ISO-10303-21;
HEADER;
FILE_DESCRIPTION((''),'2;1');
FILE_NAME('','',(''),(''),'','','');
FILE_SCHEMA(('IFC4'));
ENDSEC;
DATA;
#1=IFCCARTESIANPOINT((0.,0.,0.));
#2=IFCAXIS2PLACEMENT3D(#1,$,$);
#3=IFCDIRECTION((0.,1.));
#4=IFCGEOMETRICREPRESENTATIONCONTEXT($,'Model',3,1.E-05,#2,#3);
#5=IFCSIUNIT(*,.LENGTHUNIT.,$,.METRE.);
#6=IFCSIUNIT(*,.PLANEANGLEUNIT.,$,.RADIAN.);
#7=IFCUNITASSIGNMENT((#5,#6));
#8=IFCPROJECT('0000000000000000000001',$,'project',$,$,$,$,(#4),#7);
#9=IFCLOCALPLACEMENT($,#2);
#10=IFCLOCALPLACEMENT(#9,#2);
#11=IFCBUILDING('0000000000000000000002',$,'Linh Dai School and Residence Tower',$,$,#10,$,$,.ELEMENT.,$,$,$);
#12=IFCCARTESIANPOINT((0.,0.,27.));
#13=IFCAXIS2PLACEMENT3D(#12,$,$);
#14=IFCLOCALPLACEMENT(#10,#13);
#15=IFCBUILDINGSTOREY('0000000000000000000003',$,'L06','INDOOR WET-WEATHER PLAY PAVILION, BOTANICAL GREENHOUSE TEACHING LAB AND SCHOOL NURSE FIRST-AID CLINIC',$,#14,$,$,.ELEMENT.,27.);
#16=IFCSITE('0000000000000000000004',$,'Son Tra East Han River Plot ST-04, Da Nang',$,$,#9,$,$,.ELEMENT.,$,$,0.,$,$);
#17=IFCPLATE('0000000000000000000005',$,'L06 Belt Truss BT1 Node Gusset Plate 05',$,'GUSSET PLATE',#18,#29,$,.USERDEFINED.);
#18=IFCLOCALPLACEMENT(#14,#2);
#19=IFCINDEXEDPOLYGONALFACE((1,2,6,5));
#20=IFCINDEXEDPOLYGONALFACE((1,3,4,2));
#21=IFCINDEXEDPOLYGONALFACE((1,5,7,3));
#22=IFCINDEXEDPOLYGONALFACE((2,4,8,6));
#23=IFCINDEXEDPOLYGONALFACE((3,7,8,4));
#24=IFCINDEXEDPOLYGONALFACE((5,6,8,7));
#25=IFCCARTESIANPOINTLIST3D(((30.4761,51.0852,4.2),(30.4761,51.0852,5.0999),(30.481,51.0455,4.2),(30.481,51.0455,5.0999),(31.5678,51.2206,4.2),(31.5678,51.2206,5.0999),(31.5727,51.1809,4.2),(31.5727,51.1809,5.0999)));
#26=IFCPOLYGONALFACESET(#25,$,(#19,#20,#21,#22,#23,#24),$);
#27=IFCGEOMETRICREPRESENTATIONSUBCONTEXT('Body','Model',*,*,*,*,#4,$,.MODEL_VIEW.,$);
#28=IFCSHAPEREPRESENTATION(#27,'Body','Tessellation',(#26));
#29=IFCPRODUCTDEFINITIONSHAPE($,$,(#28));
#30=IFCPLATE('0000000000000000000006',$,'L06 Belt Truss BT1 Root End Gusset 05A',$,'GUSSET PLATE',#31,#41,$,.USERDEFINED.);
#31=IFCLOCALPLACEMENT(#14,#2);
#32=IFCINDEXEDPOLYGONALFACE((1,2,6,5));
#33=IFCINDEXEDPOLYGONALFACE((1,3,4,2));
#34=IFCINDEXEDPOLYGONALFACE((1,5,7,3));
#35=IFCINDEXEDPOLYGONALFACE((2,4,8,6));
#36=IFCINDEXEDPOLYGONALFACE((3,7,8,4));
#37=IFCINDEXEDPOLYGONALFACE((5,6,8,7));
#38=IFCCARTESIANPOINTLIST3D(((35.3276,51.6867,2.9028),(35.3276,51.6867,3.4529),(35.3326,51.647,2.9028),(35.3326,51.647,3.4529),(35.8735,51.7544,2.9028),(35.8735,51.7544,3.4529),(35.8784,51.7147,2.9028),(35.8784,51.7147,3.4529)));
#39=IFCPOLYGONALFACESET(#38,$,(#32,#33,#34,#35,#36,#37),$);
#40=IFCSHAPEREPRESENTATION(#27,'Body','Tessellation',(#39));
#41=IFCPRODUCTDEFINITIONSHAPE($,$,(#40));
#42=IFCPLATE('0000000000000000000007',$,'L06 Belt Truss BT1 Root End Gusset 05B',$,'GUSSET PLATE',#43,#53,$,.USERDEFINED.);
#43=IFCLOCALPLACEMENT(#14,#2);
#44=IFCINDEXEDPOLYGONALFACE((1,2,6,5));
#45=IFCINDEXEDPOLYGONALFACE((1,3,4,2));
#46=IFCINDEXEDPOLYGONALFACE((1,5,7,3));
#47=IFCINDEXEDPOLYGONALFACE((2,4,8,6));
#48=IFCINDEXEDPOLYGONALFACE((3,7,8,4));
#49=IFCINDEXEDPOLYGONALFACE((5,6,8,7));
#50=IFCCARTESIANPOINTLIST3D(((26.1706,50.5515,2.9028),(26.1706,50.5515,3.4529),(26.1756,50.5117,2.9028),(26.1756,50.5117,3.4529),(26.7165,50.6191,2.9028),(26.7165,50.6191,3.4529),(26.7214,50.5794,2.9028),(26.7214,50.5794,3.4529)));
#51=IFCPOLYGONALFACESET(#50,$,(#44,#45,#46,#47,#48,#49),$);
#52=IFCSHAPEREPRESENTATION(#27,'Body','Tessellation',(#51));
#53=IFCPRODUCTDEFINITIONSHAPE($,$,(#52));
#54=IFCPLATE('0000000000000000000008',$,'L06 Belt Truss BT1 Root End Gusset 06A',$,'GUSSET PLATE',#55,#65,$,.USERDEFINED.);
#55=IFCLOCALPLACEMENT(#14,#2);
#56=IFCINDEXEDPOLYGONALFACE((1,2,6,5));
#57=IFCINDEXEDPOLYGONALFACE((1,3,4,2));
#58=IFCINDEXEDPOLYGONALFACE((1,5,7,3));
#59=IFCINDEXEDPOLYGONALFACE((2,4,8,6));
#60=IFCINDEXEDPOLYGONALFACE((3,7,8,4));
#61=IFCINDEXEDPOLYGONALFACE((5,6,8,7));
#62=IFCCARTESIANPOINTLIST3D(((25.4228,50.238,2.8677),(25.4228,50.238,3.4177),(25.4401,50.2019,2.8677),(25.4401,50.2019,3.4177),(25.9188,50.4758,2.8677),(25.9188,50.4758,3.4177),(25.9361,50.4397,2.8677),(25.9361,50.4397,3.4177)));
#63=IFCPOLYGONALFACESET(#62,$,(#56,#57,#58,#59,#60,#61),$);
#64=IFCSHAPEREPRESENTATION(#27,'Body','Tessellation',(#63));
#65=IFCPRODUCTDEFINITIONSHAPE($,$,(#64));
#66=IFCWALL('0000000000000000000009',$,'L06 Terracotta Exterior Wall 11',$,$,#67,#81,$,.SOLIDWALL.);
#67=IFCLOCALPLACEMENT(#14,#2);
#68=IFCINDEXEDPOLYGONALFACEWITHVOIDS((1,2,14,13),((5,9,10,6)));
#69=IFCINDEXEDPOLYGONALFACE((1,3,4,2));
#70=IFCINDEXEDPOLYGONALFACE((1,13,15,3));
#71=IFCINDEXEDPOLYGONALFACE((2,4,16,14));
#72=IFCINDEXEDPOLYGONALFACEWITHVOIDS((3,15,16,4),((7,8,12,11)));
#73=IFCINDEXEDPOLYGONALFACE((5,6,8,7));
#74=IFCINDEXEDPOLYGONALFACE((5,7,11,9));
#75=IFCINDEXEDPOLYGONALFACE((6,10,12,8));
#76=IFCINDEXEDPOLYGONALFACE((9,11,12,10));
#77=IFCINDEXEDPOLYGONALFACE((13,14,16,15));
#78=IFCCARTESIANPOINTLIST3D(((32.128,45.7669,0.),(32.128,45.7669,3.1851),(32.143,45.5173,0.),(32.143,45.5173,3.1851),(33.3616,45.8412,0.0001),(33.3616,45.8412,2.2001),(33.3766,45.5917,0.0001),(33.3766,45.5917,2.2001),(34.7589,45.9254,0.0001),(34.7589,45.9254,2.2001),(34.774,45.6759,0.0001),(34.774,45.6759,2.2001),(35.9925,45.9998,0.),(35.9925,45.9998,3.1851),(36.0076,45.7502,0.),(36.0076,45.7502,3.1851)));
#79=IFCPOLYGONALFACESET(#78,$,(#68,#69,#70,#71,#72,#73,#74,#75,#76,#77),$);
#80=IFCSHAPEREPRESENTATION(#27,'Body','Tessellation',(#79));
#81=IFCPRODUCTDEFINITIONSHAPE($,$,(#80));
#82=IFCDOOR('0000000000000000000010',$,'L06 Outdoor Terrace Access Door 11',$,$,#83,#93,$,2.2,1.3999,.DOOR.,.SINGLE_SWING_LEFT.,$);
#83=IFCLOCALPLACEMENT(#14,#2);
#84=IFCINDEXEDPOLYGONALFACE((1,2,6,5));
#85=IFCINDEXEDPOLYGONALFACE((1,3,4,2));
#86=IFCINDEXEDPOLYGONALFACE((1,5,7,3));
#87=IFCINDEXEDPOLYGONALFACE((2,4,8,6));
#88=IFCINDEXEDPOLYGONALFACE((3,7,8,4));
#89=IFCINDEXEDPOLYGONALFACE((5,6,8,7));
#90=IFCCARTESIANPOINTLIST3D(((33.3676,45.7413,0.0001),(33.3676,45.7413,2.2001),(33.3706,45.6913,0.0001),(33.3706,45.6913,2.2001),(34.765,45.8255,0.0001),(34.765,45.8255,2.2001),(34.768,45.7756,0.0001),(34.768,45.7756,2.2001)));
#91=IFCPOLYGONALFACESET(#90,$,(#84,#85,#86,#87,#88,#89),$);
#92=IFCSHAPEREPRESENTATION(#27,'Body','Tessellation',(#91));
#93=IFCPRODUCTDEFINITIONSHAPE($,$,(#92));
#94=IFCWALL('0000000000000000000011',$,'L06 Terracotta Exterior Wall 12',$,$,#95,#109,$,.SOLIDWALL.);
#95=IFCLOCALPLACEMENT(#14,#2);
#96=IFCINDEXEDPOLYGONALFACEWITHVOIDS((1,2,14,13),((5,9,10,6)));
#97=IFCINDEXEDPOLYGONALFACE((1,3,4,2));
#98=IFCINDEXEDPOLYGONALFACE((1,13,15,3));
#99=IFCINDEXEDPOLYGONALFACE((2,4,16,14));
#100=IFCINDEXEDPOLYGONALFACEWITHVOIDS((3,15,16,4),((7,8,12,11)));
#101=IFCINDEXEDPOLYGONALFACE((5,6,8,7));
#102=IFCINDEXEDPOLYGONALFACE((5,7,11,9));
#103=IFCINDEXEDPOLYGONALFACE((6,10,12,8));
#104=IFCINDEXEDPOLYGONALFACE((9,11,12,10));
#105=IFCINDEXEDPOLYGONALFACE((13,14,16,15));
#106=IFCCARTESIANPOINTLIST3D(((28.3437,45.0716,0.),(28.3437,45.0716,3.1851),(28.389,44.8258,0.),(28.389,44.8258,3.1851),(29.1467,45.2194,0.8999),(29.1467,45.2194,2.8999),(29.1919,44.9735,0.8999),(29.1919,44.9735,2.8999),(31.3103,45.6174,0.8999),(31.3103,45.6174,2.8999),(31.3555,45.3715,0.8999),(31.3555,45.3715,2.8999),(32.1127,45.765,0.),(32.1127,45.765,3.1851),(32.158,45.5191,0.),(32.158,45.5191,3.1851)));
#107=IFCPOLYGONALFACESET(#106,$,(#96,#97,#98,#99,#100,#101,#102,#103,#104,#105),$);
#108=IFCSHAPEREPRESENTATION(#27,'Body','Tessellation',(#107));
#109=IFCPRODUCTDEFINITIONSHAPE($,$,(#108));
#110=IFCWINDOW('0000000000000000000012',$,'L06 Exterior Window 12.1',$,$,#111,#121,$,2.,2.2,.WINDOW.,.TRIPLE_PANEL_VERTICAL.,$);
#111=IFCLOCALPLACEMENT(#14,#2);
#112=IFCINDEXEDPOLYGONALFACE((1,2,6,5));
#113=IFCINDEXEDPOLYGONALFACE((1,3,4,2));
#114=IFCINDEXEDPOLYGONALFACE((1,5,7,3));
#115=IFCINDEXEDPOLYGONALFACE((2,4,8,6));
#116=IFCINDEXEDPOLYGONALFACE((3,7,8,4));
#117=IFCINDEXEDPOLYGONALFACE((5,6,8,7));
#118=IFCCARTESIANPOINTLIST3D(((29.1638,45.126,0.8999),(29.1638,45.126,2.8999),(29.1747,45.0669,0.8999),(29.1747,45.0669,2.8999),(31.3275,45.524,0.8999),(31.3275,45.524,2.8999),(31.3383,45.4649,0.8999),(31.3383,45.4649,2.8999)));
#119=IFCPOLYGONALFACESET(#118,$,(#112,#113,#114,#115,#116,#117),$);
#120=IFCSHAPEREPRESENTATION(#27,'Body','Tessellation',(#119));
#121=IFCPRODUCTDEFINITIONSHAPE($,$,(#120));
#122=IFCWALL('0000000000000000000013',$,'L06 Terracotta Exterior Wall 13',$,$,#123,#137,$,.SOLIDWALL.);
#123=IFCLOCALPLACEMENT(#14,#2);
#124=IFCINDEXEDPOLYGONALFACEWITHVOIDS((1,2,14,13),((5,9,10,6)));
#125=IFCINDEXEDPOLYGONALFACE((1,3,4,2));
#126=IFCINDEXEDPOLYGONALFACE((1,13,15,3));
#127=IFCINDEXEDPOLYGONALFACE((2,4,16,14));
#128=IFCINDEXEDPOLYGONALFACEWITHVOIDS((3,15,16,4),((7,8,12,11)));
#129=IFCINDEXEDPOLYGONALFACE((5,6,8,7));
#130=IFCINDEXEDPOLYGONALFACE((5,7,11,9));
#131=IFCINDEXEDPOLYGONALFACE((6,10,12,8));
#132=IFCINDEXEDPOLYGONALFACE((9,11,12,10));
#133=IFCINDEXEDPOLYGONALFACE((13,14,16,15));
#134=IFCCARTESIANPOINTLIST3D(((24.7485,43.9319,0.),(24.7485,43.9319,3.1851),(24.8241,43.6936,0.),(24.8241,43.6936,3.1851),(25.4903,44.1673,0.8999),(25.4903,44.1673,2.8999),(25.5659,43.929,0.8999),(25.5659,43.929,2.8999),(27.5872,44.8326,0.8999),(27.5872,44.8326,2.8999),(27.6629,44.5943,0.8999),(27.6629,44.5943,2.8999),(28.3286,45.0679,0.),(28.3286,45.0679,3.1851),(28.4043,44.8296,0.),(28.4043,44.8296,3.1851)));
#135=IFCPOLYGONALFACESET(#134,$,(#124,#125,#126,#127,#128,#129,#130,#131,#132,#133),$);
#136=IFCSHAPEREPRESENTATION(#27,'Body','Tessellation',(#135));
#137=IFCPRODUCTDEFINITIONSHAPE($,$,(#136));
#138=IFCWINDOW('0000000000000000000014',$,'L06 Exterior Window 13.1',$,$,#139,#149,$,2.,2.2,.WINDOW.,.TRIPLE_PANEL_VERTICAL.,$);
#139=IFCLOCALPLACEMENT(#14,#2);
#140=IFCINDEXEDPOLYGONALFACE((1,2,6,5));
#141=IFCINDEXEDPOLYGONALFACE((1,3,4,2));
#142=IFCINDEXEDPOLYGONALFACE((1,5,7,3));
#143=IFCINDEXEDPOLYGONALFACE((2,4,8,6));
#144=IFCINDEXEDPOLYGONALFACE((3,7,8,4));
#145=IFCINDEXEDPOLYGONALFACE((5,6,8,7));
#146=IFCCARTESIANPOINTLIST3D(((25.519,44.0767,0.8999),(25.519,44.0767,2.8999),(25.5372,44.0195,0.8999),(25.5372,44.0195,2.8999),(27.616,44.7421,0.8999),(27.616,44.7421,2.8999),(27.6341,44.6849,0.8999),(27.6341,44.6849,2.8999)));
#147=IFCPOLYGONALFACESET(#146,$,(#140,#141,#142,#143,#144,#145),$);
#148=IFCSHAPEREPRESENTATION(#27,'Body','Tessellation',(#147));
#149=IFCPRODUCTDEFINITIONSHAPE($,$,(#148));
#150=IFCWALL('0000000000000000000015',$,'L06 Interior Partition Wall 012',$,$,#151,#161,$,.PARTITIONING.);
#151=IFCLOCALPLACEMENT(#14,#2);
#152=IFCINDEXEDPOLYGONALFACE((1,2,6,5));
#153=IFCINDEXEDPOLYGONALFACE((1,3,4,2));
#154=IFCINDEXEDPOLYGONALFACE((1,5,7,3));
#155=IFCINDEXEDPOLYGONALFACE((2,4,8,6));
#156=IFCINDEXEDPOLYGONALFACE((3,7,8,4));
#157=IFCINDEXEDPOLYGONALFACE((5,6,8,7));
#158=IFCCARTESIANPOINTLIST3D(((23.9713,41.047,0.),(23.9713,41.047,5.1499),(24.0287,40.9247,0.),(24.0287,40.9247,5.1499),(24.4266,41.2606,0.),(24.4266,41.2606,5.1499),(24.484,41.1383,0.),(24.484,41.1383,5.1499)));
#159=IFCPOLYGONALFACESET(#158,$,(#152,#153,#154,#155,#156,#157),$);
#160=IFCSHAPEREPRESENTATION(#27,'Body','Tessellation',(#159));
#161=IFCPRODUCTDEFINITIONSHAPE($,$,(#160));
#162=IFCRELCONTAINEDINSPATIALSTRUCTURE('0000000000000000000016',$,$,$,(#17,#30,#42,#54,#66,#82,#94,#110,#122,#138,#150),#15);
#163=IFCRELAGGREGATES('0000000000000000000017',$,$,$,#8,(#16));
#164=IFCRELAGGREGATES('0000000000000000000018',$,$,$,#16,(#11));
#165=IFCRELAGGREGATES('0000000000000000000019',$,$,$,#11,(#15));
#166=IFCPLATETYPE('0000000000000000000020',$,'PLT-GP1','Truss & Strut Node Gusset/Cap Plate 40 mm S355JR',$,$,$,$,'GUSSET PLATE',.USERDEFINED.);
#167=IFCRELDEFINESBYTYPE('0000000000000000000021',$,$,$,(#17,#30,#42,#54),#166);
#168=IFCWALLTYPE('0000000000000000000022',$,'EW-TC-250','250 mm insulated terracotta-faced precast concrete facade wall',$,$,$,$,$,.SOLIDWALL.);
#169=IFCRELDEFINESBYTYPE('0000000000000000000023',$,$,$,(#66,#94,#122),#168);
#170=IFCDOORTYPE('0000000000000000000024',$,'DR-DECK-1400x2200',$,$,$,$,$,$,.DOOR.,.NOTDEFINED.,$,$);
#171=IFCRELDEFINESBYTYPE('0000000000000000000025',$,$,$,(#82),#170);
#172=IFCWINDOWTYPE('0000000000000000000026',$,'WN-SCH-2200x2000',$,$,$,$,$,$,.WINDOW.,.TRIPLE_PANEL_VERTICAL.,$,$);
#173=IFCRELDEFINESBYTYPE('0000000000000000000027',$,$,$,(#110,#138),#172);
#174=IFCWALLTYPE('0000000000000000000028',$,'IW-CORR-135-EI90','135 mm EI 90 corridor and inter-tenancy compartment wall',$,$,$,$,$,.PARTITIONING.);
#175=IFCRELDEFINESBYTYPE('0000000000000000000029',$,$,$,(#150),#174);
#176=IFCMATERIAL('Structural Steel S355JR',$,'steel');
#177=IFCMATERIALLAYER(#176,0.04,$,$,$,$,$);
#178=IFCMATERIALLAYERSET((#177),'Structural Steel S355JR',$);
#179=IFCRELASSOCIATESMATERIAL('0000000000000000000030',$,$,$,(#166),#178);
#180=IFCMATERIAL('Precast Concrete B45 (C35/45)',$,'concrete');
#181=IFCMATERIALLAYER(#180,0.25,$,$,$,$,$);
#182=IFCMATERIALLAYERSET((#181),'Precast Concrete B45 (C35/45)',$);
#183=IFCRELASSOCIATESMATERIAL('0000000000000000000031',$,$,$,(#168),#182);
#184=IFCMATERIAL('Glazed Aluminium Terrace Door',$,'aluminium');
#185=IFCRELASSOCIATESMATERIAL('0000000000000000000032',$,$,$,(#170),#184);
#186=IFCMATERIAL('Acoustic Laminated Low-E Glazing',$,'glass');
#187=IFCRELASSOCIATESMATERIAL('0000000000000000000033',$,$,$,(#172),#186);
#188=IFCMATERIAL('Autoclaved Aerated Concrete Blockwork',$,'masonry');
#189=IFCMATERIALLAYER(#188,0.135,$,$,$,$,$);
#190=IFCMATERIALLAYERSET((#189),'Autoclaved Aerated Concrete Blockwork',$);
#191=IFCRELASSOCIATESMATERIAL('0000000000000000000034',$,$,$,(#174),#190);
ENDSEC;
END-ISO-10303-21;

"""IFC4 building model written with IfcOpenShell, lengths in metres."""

from ifc_helpers import new_model, si_unit, direction, frame, frame_2d, origin, origin_2d, place, context, subcontext, project, spatial, rectangle, extrude, source, transform, mapped, material, layer, layer_set, type_object, element, fill, save


model = new_model("IFC4")

# Units and contexts
model_context = context("Model", 3, precision=1e-05, world=origin(), true_north=direction((0.0, 1.0)))
body_context = subcontext(model_context, "Body", "Model", "MODEL_VIEW")
ifc_project = project(units=[si_unit("LENGTHUNIT", "METRE"), si_unit("PLANEANGLEUNIT", "RADIAN")], contexts=[model_context])

# Site, building, storey
site_placement = place(None, origin())
site = spatial("IfcSite", under=ifc_project, at=site_placement, Name="Son Tra East Han River Plot ST-04, Da Nang", CompositionType="ELEMENT", RefElevation=0.0)
building_placement = place(site_placement, origin())
building = spatial("IfcBuilding", under=site, at=building_placement, Name="Linh Dai School and Residence Tower", CompositionType="ELEMENT")
storey_placement = place(building_placement, frame((0.0, 0.0, 27.0)))
storey = spatial("IfcBuildingStorey", under=building, at=storey_placement, Name="L06", Description="INDOOR WET-WEATHER PLAY PAVILION, BOTANICAL GREENHOUSE TEACHING LAB AND SCHOOL NURSE FIRST-AID CLINIC", CompositionType="ELEMENT", Elevation=27.0)

# Shared definitions
ifc_material_1 = material(Name="Structural Steel S355JR", Category="steel")

# Plates
ifc_layer_1 = layer(ifc_material_1, 0.04)
ifc_layer_set_1 = layer_set([ifc_layer_1], Name="Structural Steel S355JR")
plate_type = type_object("IfcPlateType", Name="PLT-GP1", Description="Truss & Strut Node Gusset/Cap Plate 40 mm S355JR", ElementType="GUSSET PLATE", PredefinedType="USERDEFINED", material=ifc_layer_set_1)
shared_shape_1 = source(origin(), body_context, "Body", "SweptSolid", [
    extrude(rectangle(XDim=1.1001, YDim=0.04, at=origin_2d()), origin(), (0.0, 0.0, 1.0), 0.8999),
])
plate_placement = place(storey_placement, frame((31.0244, 51.1331, 4.2), z_axis=(0.0, 0.0, 1.0), x_axis=(-0.9924, -0.123056, 0.0)))
element("IfcPlate", 1, at=plate_placement, inside=storey, type_object=plate_type, Name="L06 Belt Truss BT1 Node Gusset Plate 05", ObjectType="GUSSET PLATE", PredefinedType="USERDEFINED", context=body_context, shape_type="MappedRepresentation", body=[
    mapped(shared_shape_1, transform((0.0, 0.0, 0.0), x_axis=(1.0, 0.0, 0.0), y_axis=(0.0, 1.0, 0.0), z_axis=(0.0, 0.0, 1.0), scale=1.0)),
])
shared_shape_2 = source(origin(), body_context, "Body", "SweptSolid", [
    extrude(rectangle(XDim=0.55, YDim=0.04, at=origin_2d()), origin(), (0.0, 0.0, 1.0), 0.55),
])
for number, where, z_axis, x_axis, name in (
    (2, (35.603, 51.7007, 2.9028), (0.0, 0.0, 1.0), (-0.9924, -0.123056, 0.0), "L06 Belt Truss BT1 Root End Gusset 05A"),
    (3, (26.446, 50.5654, 2.9028), (0.0, 0.0, 1.0), (-0.9924, -0.123056, 0.0), "L06 Belt Truss BT1 Root End Gusset 05B"),
    (4, (25.6794, 50.3389, 2.8677), (0.0, 0.0, 1.0), (-0.901704, -0.432355, 0.0), "L06 Belt Truss BT1 Root End Gusset 06A"),
):
    element("IfcPlate", number, at=place(storey_placement, frame(where, z_axis=z_axis, x_axis=x_axis)), inside=storey, type_object=plate_type, Name=name, ObjectType="GUSSET PLATE", PredefinedType="USERDEFINED", context=body_context, shape_type="MappedRepresentation", body=[
        mapped(shared_shape_2, transform((0.0, 0.0, 0.0), x_axis=(1.0, 0.0, 0.0), y_axis=(0.0, 1.0, 0.0), z_axis=(0.0, 0.0, 1.0), scale=1.0)),
    ])

# Wall, opening, door
ifc_material_2 = material(Name="Precast Concrete B45 (C35/45)", Category="concrete")
ifc_layer_2 = layer(ifc_material_2, 0.25)
ifc_layer_set_2 = layer_set([ifc_layer_2], Name="Precast Concrete B45 (C35/45)")
wall_type_1 = type_object("IfcWallType", Name="EW-TC-250", Description="250 mm insulated terracotta-faced precast concrete facade wall", PredefinedType="SOLIDWALL", material=ifc_layer_set_2)
wall_1_placement = place(storey_placement, frame((32.1355, 45.6421, 0.0), z_axis=(0.0, 0.0, 1.0), x_axis=(0.998189, 0.06016, 0.0)))
wall_1 = element("IfcWall", 5, at=wall_1_placement, inside=storey, type_object=wall_type_1, Name="L06 Terracotta Exterior Wall 11", PredefinedType="SOLIDWALL", context=body_context, shape_type="SweptSolid", body=[
    extrude(rectangle(XDim=3.8716, YDim=0.25, at=frame_2d((1.9358, 0.0))), origin(), (0.0, 0.0, 1.0), 3.1851),
])
opening_1_placement = place(wall_1_placement, frame((1.2358, 0.0, 0.0)))
opening_1 = element("IfcOpeningElement", 6, at=opening_1_placement, cuts=wall_1, PredefinedType="OPENING", context=body_context, shape_type="SweptSolid", body=[
    extrude(rectangle(XDim=1.3999, YDim=2.2, at=origin_2d()), frame((0.7, 0.135, 1.1001), z_axis=(0.0, -1.0, 0.0), x_axis=(1.0, 0.0, 0.0)), (0.0, 0.0, 1.0), 0.27),
])
ifc_material_3 = material(Name="Glazed Aluminium Terrace Door", Category="aluminium")
door_type_1 = type_object("IfcDoorType", Name="DR-DECK-1400x2200", OperationType="NOTDEFINED", PredefinedType="DOOR", material=ifc_material_3)
shared_shape_3 = source(origin(), body_context, "Body", "SweptSolid", [
    extrude(rectangle(XDim=1.3999, YDim=2.2, at=origin_2d()), frame((0.7, 0.0249, 1.1001), z_axis=(0.0, -1.0, 0.0), x_axis=(1.0, 0.0, 0.0)), (0.0, 0.0, 1.0), 0.05),
])
door_1_placement = place(opening_1_placement, origin())
door_1 = element("IfcDoor", 7, at=door_1_placement, inside=storey, type_object=door_type_1, Name="L06 Outdoor Terrace Access Door 11", OperationType="SINGLE_SWING_LEFT", OverallHeight=2.2, OverallWidth=1.3999, PredefinedType="DOOR", context=body_context, shape_type="MappedRepresentation", body=[
    mapped(shared_shape_3, transform((0.0, 0.0, 0.0), x_axis=(1.0, 0.0, 0.0), y_axis=(0.0, 1.0, 0.0), z_axis=(0.0, 0.0, 1.0), scale=1.0)),
])
fill(opening_1, door_1)

# Walls, openings, windows
wall_2_placement = place(storey_placement, frame((28.3665, 44.9487, 0.0), z_axis=(0.0, 0.0, 1.0), x_axis=(0.983497, 0.180926, 0.0)))
wall_2 = element("IfcWall", 8, at=wall_2_placement, inside=storey, type_object=wall_type_1, Name="L06 Terracotta Exterior Wall 12", PredefinedType="SOLIDWALL", context=body_context, shape_type="SweptSolid", body=[
    extrude(rectangle(XDim=3.8323, YDim=0.25, at=frame_2d((1.916, 0.0))), origin(), (0.0, 0.0, 1.0), 3.1851),
])
opening_2_placement = place(wall_2_placement, frame((0.8162, 0.0, 0.8999)))
opening_2 = element("IfcOpeningElement", 9, at=opening_2_placement, cuts=wall_2, PredefinedType="OPENING", context=body_context, shape_type="SweptSolid", body=[
    extrude(rectangle(XDim=2.2, YDim=2.0, at=origin_2d()), frame((1.1001, 0.135, 1.0), z_axis=(0.0, -1.0, 0.0), x_axis=(1.0, 0.0, 0.0)), (0.0, 0.0, 1.0), 0.27),
])
ifc_material_4 = material(Name="Acoustic Laminated Low-E Glazing", Category="glass")
window_type = type_object("IfcWindowType", Name="WN-SCH-2200x2000", PartitioningType="TRIPLE_PANEL_VERTICAL", PredefinedType="WINDOW", material=ifc_material_4)
shared_shape_4 = source(origin(), body_context, "Body", "SweptSolid", [
    extrude(rectangle(XDim=2.2, YDim=2.0, at=origin_2d()), frame((1.1001, 0.03, 1.0), z_axis=(0.0, -1.0, 0.0), x_axis=(1.0, 0.0, 0.0)), (0.0, 0.0, 1.0), 0.0601),
])
window_1_placement = place(opening_2_placement, origin())
window_1 = element("IfcWindow", 10, at=window_1_placement, inside=storey, type_object=window_type, Name="L06 Exterior Window 12.1", OverallHeight=2.0, OverallWidth=2.2, PartitioningType="TRIPLE_PANEL_VERTICAL", PredefinedType="WINDOW", context=body_context, shape_type="MappedRepresentation", body=[
    mapped(shared_shape_4, transform((0.0, 0.0, 0.0), x_axis=(1.0, 0.0, 0.0), y_axis=(0.0, 1.0, 0.0), z_axis=(0.0, 0.0, 1.0), scale=1.0)),
])
fill(opening_2, window_1)
wall_3_placement = place(storey_placement, frame((24.7864, 43.8127, 0.0), z_axis=(0.0, 0.0, 1.0), x_axis=(0.953166, 0.302447, 0.0)))
wall_3 = element("IfcWall", 11, at=wall_3_placement, inside=storey, type_object=wall_type_1, Name="L06 Terracotta Exterior Wall 13", PredefinedType="SOLIDWALL", context=body_context, shape_type="SweptSolid", body=[
    extrude(rectangle(XDim=3.7561, YDim=0.25, at=frame_2d((1.8779, 0.0))), origin(), (0.0, 0.0, 1.0), 3.1851),
])
opening_3_placement = place(wall_3_placement, frame((0.7781, 0.0, 0.8999)))
opening_3 = element("IfcOpeningElement", 12, at=opening_3_placement, cuts=wall_3, PredefinedType="OPENING", context=body_context, shape_type="SweptSolid", body=[
    extrude(rectangle(XDim=2.2, YDim=2.0, at=origin_2d()), frame((1.1001, 0.135, 1.0), z_axis=(0.0, -1.0, 0.0), x_axis=(1.0, 0.0, 0.0)), (0.0, 0.0, 1.0), 0.27),
])
window_2_placement = place(opening_3_placement, origin())
window_2 = element("IfcWindow", 13, at=window_2_placement, inside=storey, type_object=window_type, Name="L06 Exterior Window 13.1", OverallHeight=2.0, OverallWidth=2.2, PartitioningType="TRIPLE_PANEL_VERTICAL", PredefinedType="WINDOW", context=body_context, shape_type="MappedRepresentation", body=[
    mapped(shared_shape_4, transform((0.0, 0.0, 0.0), x_axis=(1.0, 0.0, 0.0), y_axis=(0.0, 1.0, 0.0), z_axis=(0.0, 0.0, 1.0), scale=1.0)),
])
fill(opening_3, window_2)

# Wall
ifc_material_5 = material(Name="Autoclaved Aerated Concrete Blockwork", Category="masonry")
ifc_layer_3 = layer(ifc_material_5, 0.135)
ifc_layer_set_3 = layer_set([ifc_layer_3], Name="Autoclaved Aerated Concrete Blockwork")
wall_type_2 = type_object("IfcWallType", Name="IW-CORR-135-EI90", Description="135 mm EI 90 corridor and inter-tenancy compartment wall", PredefinedType="PARTITIONING", material=ifc_layer_set_3)
wall_4_placement = place(storey_placement, frame((24.0, 40.9858, 0.0), z_axis=(0.0, 0.0, 1.0), x_axis=(0.905313, 0.424745, 0.0)))
element("IfcWall", 14, at=wall_4_placement, inside=storey, type_object=wall_type_2, Name="L06 Interior Partition Wall 012", PredefinedType="PARTITIONING", context=body_context, shape_type="SweptSolid", body=[
    extrude(rectangle(XDim=0.5029, YDim=0.135, at=frame_2d((0.2515, 0.0))), origin(), (0.0, 0.0, 1.0), 5.1499),
])

save(model, "model.ifc")
